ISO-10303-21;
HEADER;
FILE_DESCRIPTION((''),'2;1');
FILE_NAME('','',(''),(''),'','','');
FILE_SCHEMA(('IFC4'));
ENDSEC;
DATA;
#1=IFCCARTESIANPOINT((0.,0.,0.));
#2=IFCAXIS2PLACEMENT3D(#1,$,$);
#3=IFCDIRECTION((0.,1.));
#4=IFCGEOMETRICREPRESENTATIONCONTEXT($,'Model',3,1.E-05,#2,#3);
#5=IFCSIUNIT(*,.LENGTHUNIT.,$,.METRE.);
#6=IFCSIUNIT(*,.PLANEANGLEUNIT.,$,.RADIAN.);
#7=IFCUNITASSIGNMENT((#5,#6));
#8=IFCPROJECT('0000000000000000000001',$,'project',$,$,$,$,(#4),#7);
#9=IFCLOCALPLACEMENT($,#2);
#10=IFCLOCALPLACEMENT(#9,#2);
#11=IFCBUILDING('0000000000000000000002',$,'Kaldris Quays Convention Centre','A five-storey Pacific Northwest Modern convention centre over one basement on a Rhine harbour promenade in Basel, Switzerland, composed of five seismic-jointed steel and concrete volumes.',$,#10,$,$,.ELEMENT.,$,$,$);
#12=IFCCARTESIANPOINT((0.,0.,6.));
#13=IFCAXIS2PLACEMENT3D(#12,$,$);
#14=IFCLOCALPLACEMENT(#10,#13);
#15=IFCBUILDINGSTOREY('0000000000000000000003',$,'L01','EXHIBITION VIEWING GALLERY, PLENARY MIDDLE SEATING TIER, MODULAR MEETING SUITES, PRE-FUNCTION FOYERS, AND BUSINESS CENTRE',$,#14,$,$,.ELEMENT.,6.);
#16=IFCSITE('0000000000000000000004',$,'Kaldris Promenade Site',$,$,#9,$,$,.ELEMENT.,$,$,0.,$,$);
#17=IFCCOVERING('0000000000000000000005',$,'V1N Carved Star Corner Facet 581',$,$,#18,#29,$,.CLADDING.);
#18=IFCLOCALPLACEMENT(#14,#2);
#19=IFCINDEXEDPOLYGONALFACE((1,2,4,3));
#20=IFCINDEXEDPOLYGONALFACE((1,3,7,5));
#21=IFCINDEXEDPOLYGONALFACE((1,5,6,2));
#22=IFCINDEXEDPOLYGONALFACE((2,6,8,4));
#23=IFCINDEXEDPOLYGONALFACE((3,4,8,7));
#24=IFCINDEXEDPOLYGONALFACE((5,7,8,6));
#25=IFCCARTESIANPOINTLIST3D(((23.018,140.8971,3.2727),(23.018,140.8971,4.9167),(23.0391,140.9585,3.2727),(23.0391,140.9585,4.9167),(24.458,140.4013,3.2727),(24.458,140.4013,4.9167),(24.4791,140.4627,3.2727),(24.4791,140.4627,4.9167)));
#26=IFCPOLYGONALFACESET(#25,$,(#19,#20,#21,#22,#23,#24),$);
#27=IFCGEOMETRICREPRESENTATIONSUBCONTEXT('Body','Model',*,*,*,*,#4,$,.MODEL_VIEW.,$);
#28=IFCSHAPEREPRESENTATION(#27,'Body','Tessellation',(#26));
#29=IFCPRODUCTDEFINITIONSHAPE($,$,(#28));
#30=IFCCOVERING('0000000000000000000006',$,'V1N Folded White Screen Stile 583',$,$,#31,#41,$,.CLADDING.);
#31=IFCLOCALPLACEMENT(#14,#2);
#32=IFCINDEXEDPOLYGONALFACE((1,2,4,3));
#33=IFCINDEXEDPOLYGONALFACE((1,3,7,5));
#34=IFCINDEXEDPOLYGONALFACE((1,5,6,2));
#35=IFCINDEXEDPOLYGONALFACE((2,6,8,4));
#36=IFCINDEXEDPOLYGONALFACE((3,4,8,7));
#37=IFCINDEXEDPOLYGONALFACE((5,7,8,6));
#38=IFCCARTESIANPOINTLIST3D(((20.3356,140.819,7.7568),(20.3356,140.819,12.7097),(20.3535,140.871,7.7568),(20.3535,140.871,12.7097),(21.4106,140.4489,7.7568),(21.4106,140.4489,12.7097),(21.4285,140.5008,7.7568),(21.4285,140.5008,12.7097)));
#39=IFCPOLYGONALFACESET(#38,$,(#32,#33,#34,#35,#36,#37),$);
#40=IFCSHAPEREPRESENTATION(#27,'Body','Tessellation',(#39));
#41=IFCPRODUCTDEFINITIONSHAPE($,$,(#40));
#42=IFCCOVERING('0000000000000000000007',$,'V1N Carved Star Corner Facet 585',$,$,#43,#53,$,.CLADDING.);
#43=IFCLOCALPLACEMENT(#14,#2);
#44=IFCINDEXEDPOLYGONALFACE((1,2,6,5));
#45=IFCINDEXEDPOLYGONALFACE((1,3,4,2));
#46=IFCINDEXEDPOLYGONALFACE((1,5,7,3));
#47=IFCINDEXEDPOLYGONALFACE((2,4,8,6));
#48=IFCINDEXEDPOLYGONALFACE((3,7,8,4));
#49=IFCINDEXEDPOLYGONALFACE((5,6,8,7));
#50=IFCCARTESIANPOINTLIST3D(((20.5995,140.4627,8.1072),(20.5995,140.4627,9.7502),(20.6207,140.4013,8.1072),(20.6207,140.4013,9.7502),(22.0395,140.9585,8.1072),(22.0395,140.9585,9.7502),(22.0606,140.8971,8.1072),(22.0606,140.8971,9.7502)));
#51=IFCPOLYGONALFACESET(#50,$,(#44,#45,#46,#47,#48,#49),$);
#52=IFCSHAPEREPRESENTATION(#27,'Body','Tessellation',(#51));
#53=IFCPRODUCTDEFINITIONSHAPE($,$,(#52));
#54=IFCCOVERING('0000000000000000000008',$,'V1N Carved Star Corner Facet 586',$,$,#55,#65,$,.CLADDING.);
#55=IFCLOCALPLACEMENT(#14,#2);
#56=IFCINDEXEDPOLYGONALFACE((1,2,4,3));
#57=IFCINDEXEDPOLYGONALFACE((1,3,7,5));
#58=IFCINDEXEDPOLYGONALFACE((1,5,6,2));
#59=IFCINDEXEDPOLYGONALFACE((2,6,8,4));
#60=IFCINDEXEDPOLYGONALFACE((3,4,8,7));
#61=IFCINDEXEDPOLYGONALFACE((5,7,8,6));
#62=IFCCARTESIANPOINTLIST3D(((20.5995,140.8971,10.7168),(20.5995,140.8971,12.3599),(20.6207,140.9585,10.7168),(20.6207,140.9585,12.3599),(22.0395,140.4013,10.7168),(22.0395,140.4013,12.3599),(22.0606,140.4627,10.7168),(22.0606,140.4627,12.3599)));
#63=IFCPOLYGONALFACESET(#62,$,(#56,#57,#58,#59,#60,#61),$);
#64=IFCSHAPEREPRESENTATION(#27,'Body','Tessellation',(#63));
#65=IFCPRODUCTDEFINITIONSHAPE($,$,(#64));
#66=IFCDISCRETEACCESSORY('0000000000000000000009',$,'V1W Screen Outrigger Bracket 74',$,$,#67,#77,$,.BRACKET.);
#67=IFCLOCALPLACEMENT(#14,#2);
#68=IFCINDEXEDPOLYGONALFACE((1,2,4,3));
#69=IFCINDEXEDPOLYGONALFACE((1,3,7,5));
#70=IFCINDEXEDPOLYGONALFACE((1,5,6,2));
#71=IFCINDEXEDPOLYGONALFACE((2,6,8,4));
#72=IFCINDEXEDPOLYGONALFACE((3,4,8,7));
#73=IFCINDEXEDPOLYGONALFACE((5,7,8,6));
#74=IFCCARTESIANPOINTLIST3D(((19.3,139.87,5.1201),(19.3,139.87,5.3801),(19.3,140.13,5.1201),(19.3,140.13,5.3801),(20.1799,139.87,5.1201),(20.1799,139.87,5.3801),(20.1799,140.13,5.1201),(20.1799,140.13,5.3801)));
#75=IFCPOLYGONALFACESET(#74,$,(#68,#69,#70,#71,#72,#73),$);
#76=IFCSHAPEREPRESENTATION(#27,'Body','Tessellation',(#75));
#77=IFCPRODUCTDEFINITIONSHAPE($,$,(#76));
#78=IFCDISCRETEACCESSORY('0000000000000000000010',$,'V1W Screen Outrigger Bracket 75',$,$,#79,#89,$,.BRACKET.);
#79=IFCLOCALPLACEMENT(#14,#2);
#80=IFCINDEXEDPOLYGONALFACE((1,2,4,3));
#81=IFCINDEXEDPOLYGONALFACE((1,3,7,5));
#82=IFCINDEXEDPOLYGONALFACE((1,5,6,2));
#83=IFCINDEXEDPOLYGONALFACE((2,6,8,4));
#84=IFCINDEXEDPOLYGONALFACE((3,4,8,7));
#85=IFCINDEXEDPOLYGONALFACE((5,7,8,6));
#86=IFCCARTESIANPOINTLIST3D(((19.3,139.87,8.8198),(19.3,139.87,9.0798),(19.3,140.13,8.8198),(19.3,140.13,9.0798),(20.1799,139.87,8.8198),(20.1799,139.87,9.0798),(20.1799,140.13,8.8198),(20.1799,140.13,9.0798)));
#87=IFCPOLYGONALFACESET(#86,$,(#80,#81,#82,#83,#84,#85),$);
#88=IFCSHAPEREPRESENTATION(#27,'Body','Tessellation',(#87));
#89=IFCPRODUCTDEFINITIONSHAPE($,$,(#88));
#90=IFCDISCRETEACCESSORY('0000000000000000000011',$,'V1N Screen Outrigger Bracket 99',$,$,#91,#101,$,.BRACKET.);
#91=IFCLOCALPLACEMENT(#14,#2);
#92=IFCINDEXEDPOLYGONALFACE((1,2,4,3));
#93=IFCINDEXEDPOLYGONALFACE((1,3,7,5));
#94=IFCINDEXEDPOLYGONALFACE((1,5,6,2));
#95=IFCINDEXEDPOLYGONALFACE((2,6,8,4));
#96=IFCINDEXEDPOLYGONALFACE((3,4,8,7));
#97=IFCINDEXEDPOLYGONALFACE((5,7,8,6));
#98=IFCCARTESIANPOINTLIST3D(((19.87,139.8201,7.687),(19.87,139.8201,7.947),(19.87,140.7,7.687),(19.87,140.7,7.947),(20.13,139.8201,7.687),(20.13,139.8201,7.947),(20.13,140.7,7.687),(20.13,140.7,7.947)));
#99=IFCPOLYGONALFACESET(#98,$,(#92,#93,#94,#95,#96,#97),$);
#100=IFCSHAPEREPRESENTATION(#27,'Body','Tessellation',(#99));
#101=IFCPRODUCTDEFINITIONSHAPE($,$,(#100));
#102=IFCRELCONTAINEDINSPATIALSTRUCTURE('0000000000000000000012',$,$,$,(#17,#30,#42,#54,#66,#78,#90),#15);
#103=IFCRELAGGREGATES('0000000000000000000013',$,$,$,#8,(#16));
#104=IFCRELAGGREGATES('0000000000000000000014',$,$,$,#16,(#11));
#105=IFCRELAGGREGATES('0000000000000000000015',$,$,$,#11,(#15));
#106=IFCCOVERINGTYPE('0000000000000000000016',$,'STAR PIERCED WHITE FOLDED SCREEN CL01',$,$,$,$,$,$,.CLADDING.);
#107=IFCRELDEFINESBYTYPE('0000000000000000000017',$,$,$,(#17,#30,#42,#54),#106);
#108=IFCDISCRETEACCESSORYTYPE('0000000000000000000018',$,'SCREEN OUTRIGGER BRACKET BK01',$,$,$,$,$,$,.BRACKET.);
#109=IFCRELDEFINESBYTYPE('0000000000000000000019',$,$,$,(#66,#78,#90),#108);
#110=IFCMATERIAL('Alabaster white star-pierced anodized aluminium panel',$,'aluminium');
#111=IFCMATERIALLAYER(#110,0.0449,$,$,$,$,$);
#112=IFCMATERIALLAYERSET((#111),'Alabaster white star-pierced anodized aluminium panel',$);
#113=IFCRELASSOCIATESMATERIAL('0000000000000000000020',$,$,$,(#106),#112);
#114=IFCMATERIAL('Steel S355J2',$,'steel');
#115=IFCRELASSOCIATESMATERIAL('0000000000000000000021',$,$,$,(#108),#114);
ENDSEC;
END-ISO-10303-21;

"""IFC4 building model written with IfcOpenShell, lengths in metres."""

from ifc_helpers import new_model, si_unit, direction, frame, origin, origin_2d, place, context, subcontext, project, spatial, rectangle, extrude, material, layer, layer_set, type_object, element, save


model = new_model("IFC4")

# Units and contexts
model_context = context("Model", 3, precision=1e-05, world=origin(), true_north=direction((0.0, 1.0)))
body_context = subcontext(model_context, "Body", "Model", "MODEL_VIEW")
ifc_project = project(units=[si_unit("LENGTHUNIT", "METRE"), si_unit("PLANEANGLEUNIT", "RADIAN")], contexts=[model_context])

# Site, building, storey
site_placement = place(None, origin())
site = spatial("IfcSite", under=ifc_project, at=site_placement, Name="Kaldris Promenade Site", CompositionType="ELEMENT", RefElevation=0.0)
building_placement = place(site_placement, origin())
building = spatial("IfcBuilding", under=site, at=building_placement, Name="Kaldris Quays Convention Centre", Description="A five-storey Pacific Northwest Modern convention centre over one basement on a Rhine harbour promenade in Basel, Switzerland, composed of five seismic-jointed steel and concrete volumes.", CompositionType="ELEMENT")
storey_placement = place(building_placement, frame((0.0, 0.0, 6.0)))
storey = spatial("IfcBuildingStorey", under=building, at=storey_placement, Name="L01", Description="EXHIBITION VIEWING GALLERY, PLENARY MIDDLE SEATING TIER, MODULAR MEETING SUITES, PRE-FUNCTION FOYERS, AND BUSINESS CENTRE", CompositionType="ELEMENT", Elevation=6.0)

# Coverings
ifc_material_1 = material(Name="Alabaster white star-pierced anodized aluminium panel", Category="aluminium")
ifc_layer = layer(ifc_material_1, 0.0449)
ifc_layer_set = layer_set([ifc_layer], Name="Alabaster white star-pierced anodized aluminium panel")
covering_type = type_object("IfcCoveringType", Name="STAR PIERCED WHITE FOLDED SCREEN CL01", PredefinedType="CLADDING", material=ifc_layer_set)
for number, where, z_axis, x_axis, name in (
    (1, (23.7485, 140.6799, 3.2727), (0.0, 0.0, 1.0), (0.945519, -0.325568, 0.0), "V1N Carved Star Corner Facet 581"),
):
    element("IfcCovering", number, at=place(storey_placement, frame(where, z_axis=z_axis, x_axis=x_axis)), inside=storey, type_object=covering_type, Name=name, PredefinedType="CLADDING", context=body_context, shape_type="SweptSolid", body=[
        extrude(rectangle(XDim=1.5229, YDim=0.0649, at=origin_2d()), origin(), (0.0, 0.0, 1.0), 1.644),
    ])
covering_placement = place(storey_placement, frame((20.8821, 140.6599, 7.7568), z_axis=(0.0, 0.0, 1.0), x_axis=(0.945519, -0.325568, 0.0)))
element("IfcCovering", 2, at=covering_placement, inside=storey, type_object=covering_type, Name="V1N Folded White Screen Stile 583", PredefinedType="CLADDING", context=body_context, shape_type="SweptSolid", body=[
    extrude(rectangle(XDim=1.137, YDim=0.0549, at=origin_2d()), origin(), (0.0, 0.0, 1.0), 4.9529),
])
for number, where, z_axis, x_axis, name in (
    (3, (21.3301, 140.6799, 8.1072), (0.0, 0.0, 1.0), (0.945519, 0.325568, 0.0), "V1N Carved Star Corner Facet 585"),
    (4, (21.3301, 140.6799, 10.7168), (0.0, 0.0, 1.0), (0.945519, -0.325568, 0.0), "V1N Carved Star Corner Facet 586"),
):
    element("IfcCovering", number, at=place(storey_placement, frame(where, z_axis=z_axis, x_axis=x_axis)), inside=storey, type_object=covering_type, Name=name, PredefinedType="CLADDING", context=body_context, shape_type="SweptSolid", body=[
        extrude(rectangle(XDim=1.5229, YDim=0.0649, at=origin_2d()), origin(), (0.0, 0.0, 1.0), 1.6431),
    ])

# Discrete accessories
ifc_material_2 = material(Name="Steel S355J2", Category="steel")
discrete_accessory_type = type_object("IfcDiscreteAccessoryType", Name="SCREEN OUTRIGGER BRACKET BK01", PredefinedType="BRACKET", material=ifc_material_2)
for number, where, z_axis, x_axis, name in (
    (5, (19.74, 140.0, 5.1201), (0.0, 0.0, 1.0), (0.0, 1.0, 0.0), "V1W Screen Outrigger Bracket 74"),
    (6, (19.74, 140.0, 8.8198), (0.0, 0.0, 1.0), (0.0, 1.0, 0.0), "V1W Screen Outrigger Bracket 75"),
    (7, (20.0, 140.26, 7.687), (0.0, 0.0, 1.0), (1.0, 0.0, 0.0), "V1N Screen Outrigger Bracket 99"),
):
    element("IfcDiscreteAccessory", number, at=place(storey_placement, frame(where, z_axis=z_axis, x_axis=x_axis)), inside=storey, type_object=discrete_accessory_type, Name=name, PredefinedType="BRACKET", context=body_context, shape_type="SweptSolid", body=[
        extrude(rectangle(XDim=0.26, YDim=0.8799, at=origin_2d()), origin(), (0.0, 0.0, 1.0), 0.26),
    ])

save(model, "model.ifc")
